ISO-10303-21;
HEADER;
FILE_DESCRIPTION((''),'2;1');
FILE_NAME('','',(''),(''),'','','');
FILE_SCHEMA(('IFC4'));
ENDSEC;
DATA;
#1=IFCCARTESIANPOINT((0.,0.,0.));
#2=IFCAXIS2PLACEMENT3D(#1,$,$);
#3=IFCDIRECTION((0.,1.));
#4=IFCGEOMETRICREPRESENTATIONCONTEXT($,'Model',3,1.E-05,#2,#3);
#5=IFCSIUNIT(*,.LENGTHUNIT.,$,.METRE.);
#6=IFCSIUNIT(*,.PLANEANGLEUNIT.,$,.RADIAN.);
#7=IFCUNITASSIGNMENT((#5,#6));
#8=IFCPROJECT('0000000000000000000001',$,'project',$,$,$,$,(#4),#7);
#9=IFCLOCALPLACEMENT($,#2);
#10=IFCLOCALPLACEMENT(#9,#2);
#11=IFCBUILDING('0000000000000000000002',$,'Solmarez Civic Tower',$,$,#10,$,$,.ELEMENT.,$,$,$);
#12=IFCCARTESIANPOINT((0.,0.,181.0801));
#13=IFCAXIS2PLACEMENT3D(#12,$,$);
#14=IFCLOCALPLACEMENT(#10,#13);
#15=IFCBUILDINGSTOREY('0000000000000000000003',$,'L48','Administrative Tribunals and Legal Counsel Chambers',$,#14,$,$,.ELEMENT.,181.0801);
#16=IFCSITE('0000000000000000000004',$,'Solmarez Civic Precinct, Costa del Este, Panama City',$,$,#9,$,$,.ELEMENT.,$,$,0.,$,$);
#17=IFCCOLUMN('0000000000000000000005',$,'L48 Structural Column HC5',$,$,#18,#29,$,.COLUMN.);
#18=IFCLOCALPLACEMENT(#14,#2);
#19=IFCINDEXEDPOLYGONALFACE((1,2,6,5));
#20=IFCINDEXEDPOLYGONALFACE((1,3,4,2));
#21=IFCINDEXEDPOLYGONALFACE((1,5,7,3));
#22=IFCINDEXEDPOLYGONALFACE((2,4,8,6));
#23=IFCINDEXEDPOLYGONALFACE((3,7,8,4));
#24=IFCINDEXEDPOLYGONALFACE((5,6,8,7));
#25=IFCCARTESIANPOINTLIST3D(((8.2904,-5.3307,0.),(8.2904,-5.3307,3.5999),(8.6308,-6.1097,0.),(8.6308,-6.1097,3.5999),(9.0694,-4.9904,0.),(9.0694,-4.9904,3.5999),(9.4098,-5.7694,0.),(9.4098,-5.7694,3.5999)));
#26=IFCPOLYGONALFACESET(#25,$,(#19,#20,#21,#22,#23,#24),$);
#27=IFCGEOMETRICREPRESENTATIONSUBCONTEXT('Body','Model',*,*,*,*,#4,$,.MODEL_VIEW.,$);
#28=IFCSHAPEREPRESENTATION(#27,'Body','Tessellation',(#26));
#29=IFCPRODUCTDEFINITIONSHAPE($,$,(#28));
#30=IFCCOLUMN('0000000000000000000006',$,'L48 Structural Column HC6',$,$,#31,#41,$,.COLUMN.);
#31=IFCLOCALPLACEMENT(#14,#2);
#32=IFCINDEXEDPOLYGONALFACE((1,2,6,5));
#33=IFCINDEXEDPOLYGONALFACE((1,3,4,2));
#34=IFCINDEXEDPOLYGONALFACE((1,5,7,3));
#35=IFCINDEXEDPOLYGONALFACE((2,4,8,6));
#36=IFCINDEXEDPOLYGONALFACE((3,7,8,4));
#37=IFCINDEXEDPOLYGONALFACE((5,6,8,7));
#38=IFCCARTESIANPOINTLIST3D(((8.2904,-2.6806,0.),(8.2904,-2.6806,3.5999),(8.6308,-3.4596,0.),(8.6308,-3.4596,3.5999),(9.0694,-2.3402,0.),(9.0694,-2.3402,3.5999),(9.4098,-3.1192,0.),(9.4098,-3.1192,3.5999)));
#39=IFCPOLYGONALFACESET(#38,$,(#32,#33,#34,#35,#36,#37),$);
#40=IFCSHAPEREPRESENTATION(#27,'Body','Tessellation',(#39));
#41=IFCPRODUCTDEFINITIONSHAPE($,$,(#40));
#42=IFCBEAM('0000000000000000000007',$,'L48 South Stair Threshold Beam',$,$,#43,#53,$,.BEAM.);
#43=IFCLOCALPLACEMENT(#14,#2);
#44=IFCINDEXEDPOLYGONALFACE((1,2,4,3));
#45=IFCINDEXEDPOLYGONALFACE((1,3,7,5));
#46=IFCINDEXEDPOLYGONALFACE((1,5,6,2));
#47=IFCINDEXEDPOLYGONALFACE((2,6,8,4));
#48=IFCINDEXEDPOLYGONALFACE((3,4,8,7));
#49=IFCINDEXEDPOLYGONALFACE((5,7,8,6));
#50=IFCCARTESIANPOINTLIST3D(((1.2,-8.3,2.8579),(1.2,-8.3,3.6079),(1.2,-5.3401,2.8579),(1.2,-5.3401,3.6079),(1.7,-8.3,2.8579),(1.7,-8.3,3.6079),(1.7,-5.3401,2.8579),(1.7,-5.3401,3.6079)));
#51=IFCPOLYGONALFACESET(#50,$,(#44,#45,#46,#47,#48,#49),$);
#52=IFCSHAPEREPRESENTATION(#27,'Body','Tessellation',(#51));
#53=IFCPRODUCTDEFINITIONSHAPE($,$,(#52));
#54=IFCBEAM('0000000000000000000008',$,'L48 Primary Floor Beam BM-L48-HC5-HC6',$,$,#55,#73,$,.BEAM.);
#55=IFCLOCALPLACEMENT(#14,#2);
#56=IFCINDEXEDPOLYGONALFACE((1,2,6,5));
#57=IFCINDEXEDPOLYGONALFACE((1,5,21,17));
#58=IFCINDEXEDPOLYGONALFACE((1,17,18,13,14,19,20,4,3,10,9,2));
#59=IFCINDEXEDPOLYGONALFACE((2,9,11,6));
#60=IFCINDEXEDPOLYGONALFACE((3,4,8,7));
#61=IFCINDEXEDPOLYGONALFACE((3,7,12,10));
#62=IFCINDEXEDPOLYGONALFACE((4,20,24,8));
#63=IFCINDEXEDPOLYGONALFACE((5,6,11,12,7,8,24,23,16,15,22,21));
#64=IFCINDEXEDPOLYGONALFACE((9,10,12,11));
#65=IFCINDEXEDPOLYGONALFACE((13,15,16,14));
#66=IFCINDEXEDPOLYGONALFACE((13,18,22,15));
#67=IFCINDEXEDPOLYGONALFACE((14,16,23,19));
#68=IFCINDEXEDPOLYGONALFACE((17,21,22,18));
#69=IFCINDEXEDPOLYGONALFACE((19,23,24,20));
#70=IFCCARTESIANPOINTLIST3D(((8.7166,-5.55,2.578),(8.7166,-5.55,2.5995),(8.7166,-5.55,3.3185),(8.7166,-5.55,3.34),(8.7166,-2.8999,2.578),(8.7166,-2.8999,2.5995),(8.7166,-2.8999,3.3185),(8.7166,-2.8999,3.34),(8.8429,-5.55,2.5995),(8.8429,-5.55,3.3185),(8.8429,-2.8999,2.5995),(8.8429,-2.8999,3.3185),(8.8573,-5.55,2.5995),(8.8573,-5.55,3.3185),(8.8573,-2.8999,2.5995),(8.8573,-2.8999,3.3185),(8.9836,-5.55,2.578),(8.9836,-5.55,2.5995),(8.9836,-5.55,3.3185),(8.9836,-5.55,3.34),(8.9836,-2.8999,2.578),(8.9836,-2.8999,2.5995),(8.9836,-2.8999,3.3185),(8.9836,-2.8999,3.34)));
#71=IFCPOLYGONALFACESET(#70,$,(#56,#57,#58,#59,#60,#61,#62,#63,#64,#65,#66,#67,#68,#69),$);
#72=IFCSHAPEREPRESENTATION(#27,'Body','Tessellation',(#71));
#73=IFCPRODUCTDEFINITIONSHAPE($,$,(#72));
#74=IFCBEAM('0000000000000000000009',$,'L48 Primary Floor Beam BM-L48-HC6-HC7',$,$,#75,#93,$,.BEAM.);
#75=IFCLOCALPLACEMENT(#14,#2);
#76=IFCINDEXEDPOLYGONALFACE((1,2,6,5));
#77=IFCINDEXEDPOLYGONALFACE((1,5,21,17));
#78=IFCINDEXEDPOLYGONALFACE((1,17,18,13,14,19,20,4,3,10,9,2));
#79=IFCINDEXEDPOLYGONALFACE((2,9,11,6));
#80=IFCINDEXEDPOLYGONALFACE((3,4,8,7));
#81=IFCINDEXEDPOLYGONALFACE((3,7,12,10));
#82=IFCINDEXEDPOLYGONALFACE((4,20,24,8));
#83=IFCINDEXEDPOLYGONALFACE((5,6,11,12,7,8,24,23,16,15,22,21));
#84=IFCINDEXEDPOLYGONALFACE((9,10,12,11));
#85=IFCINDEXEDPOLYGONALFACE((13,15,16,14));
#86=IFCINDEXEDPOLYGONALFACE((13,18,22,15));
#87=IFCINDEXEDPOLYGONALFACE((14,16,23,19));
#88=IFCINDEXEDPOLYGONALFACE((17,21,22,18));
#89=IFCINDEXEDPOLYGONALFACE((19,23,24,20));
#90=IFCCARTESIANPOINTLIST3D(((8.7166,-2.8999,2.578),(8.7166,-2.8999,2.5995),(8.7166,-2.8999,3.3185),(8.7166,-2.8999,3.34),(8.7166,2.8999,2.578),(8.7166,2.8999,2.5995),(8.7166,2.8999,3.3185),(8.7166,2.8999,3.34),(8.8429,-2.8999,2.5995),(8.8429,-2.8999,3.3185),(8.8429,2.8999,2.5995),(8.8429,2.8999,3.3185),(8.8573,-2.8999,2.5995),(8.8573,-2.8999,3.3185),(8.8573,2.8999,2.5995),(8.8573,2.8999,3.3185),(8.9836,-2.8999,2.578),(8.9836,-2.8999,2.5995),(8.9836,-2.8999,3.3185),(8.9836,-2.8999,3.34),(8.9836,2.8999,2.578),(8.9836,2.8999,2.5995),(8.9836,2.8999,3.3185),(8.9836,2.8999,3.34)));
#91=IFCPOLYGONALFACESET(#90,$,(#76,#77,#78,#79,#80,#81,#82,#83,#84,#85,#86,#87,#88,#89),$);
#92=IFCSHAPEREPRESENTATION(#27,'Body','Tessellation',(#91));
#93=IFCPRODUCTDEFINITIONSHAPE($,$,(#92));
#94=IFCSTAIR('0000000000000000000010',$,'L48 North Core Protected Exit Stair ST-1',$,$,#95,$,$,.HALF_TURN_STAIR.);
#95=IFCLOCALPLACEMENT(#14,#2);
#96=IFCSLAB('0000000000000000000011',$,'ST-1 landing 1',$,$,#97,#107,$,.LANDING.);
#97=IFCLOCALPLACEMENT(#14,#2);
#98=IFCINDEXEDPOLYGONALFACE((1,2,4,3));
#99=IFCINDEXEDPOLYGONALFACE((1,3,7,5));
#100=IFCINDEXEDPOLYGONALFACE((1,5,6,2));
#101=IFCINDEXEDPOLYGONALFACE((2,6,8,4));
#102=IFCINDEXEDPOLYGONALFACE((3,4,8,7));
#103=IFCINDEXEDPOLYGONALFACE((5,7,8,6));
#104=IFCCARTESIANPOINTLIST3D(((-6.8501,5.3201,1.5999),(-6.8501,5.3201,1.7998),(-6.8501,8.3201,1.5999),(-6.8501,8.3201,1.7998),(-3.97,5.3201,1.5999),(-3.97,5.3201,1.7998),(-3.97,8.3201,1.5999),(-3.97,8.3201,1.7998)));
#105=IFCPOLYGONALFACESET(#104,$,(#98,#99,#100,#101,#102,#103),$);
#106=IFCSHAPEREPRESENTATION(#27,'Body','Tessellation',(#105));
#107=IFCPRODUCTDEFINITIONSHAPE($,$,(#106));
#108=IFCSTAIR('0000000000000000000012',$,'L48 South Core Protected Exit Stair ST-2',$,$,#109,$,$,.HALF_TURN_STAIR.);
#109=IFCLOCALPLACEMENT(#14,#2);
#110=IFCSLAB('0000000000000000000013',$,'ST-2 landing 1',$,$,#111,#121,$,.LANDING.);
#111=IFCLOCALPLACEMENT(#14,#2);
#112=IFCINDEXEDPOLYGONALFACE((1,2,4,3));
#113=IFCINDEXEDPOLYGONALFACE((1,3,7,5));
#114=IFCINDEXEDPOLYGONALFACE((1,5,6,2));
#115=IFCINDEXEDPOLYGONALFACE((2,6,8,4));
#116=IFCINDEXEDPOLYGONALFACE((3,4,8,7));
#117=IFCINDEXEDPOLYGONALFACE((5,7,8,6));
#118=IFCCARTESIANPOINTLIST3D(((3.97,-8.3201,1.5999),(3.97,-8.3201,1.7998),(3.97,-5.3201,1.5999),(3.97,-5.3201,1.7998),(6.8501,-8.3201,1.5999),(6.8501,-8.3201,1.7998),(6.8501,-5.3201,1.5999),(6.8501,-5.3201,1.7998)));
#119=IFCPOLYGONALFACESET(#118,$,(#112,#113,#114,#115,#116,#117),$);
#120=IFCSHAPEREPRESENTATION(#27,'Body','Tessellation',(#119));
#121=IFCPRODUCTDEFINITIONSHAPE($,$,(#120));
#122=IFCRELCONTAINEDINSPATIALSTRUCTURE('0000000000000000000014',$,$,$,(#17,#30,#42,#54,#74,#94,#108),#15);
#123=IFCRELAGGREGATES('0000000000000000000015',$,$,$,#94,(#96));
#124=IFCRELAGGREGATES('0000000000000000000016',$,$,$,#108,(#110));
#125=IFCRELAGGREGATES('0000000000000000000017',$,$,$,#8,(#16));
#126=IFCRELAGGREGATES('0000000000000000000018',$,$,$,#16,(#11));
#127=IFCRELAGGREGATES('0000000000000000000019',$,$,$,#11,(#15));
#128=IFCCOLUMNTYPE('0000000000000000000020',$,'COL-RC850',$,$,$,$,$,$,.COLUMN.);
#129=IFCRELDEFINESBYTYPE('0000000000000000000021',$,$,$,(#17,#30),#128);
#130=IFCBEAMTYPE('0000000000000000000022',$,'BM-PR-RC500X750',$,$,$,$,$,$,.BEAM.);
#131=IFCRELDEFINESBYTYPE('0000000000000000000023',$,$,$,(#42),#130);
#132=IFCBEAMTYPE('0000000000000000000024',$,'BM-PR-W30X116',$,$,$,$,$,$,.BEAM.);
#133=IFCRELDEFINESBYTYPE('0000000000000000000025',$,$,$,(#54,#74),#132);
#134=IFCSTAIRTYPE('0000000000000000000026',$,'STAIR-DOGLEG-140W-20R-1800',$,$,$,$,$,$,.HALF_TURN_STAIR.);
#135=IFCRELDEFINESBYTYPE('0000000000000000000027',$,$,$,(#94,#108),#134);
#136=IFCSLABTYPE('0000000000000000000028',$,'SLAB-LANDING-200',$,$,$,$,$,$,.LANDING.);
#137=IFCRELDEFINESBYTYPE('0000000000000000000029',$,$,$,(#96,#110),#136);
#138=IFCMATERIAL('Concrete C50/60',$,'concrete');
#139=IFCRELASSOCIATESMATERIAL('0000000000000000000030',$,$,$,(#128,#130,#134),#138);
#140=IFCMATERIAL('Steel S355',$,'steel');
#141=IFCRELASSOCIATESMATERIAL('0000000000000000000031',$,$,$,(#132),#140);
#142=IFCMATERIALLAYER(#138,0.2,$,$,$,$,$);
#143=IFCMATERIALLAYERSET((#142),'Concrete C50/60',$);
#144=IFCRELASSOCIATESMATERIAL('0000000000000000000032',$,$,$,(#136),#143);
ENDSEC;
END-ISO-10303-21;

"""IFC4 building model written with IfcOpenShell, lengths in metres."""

from ifc_helpers import new_model, si_unit, direction, frame, origin, origin_2d, place, context, subcontext, project, spatial, polyline, rectangle, i_section, outline, extrude, material, layer, layer_set, material_profile, profile_set, type_object, element, aggregate, save


model = new_model("IFC4")

# Units and contexts
model_context = context("Model", 3, precision=1e-05, world=origin(), true_north=direction((0.0, 1.0)))
body_context = subcontext(model_context, "Body", "Model", "MODEL_VIEW")
ifc_project = project(units=[si_unit("LENGTHUNIT", "METRE"), si_unit("PLANEANGLEUNIT", "RADIAN")], contexts=[model_context])

# Site, building, storey
site_placement = place(None, origin())
site = spatial("IfcSite", under=ifc_project, at=site_placement, Name="Solmarez Civic Precinct, Costa del Este, Panama City", CompositionType="ELEMENT", RefElevation=0.0)
building_placement = place(site_placement, origin())
building = spatial("IfcBuilding", under=site, at=building_placement, Name="Solmarez Civic Tower", CompositionType="ELEMENT")
storey_placement = place(building_placement, frame((0.0, 0.0, 181.0801)))
storey = spatial("IfcBuildingStorey", under=building, at=storey_placement, Name="L48", Description="Administrative Tribunals and Legal Counsel Chambers", CompositionType="ELEMENT", Elevation=181.0801)

# Columns
ifc_material_1 = material(Name="Concrete C50/60", Category="concrete")
ifc_material_profile_1 = material_profile(ifc_material_1, rectangle(XDim=0.8501, YDim=0.8501, at=origin_2d()), Name="RC850X850")
ifc_profile_set_1 = profile_set([ifc_material_profile_1], Name="Concrete C50/60")
column_type = type_object("IfcColumnType", Name="COL-RC850", PredefinedType="COLUMN", material=ifc_profile_set_1)
for number, where, z_axis, x_axis, name in (
    (1, (8.8501, -5.55, 0.0), (0.0, 0.0, 1.0), (0.916363, 0.400349, 0.0), "L48 Structural Column HC5"),
    (2, (8.8501, -2.8999, 0.0), (0.0, 0.0, 1.0), (0.916363, 0.400349, 0.0), "L48 Structural Column HC6"),
):
    element("IfcColumn", number, at=place(storey_placement, frame(where, z_axis=z_axis, x_axis=x_axis)), inside=storey, type_object=column_type, Name=name, PredefinedType="COLUMN", context=body_context, shape_type="SweptSolid", body=[
        extrude(rectangle(XDim=0.8501, YDim=0.8501, at=origin_2d()), origin(), (0.0, 0.0, 1.0), 3.5999),
    ])

# Beams
ifc_material_profile_2 = material_profile(ifc_material_1, rectangle(XDim=0.5, YDim=0.75, at=origin_2d()), Name="RC500X750")
ifc_profile_set_2 = profile_set([ifc_material_profile_2], Name="Concrete C50/60")
beam_type_1 = type_object("IfcBeamType", Name="BM-PR-RC500X750", PredefinedType="BEAM", material=ifc_profile_set_2)
beam_1_placement = place(storey_placement, frame((1.45, -8.3, 3.2329), z_axis=(0.0, 1.0, 0.0), x_axis=(-1.0, 0.0, 0.0)))
element("IfcBeam", 3, at=beam_1_placement, inside=storey, type_object=beam_type_1, Name="L48 South Stair Threshold Beam", PredefinedType="BEAM", context=body_context, shape_type="SweptSolid", body=[
    extrude(rectangle(XDim=0.5, YDim=0.75, at=origin_2d()), origin(), (0.0, 0.0, 1.0), 2.96),
])
ifc_material_2 = material(Name="Steel S355", Category="steel")
ifc_material_profile_3 = material_profile(ifc_material_2, i_section(OverallWidth=0.2671, OverallDepth=0.762, WebThickness=0.0144, FlangeThickness=0.0215, at=origin_2d()), Name="W30X116")
ifc_profile_set_3 = profile_set([ifc_material_profile_3], Name="Steel S355")
beam_type_2 = type_object("IfcBeamType", Name="BM-PR-W30X116", PredefinedType="BEAM", material=ifc_profile_set_3)
beam_2_placement = place(storey_placement, frame((8.8501, -5.55, 2.959), z_axis=(0.0, 1.0, 0.0), x_axis=(-1.0, 0.0, 0.0)))
element("IfcBeam", 4, at=beam_2_placement, inside=storey, type_object=beam_type_2, Name="L48 Primary Floor Beam BM-L48-HC5-HC6", PredefinedType="BEAM", context=body_context, shape_type="SweptSolid", body=[
    extrude(i_section(OverallWidth=0.2671, OverallDepth=0.762, WebThickness=0.0144, FlangeThickness=0.0215, at=origin_2d()), origin(), (0.0, 0.0, 1.0), 2.6501),
])
beam_3_placement = place(storey_placement, frame((8.8501, -2.8999, 2.959), z_axis=(0.0, 1.0, 0.0), x_axis=(-1.0, 0.0, 0.0)))
element("IfcBeam", 5, at=beam_3_placement, inside=storey, type_object=beam_type_2, Name="L48 Primary Floor Beam BM-L48-HC6-HC7", PredefinedType="BEAM", context=body_context, shape_type="SweptSolid", body=[
    extrude(i_section(OverallWidth=0.2671, OverallDepth=0.762, WebThickness=0.0144, FlangeThickness=0.0215, at=origin_2d()), origin(), (0.0, 0.0, 1.0), 5.7998),
])

# Stairs, slabs
stair_type = type_object("IfcStairType", Name="STAIR-DOGLEG-140W-20R-1800", PredefinedType="HALF_TURN_STAIR", material=ifc_material_1)
stair_1_placement = place(storey_placement, origin())
stair_1 = element("IfcStair", 6, at=stair_1_placement, inside=storey, type_object=stair_type, Name="L48 North Core Protected Exit Stair ST-1", PredefinedType="HALF_TURN_STAIR")
ifc_layer_1 = layer(ifc_material_1, 0.2)
ifc_layer_set_1 = layer_set([ifc_layer_1], Name="Concrete C50/60")
slab_type_1 = type_object("IfcSlabType", Name="SLAB-LANDING-200", PredefinedType="LANDING", material=ifc_layer_set_1)
slab_1_placement = place(storey_placement, frame((0.0, 0.0, 1.5999)))
slab_1 = element("IfcSlab", 7, at=slab_1_placement, type_object=slab_type_1, Name="ST-1 landing 1", PredefinedType="LANDING", context=body_context, shape_type="SweptSolid", body=[
    extrude(outline(polyline([(-3.97, 8.3201), (-6.8501, 8.3201), (-6.8501, 5.3201), (-3.97, 5.3201), (-3.97, 8.3201)])), origin(), (0.0, 0.0, 1.0), 0.2),
])
aggregate(stair_1, [slab_1])
stair_2_placement = place(storey_placement, origin())
stair_2 = element("IfcStair", 8, at=stair_2_placement, inside=storey, type_object=stair_type, Name="L48 South Core Protected Exit Stair ST-2", PredefinedType="HALF_TURN_STAIR")
slab_2_placement = place(storey_placement, frame((0.0, 0.0, 1.5999)))
slab_2 = element("IfcSlab", 9, at=slab_2_placement, type_object=slab_type_1, Name="ST-2 landing 1", PredefinedType="LANDING", context=body_context, shape_type="SweptSolid", body=[
    extrude(outline(polyline([(3.97, -8.3201), (6.8501, -8.3201), (6.8501, -5.3201), (3.97, -5.3201), (3.97, -8.3201)])), origin(), (0.0, 0.0, 1.0), 0.2),
])

aggregate(stair_2, [slab_2])

save(model, "model.ifc")
